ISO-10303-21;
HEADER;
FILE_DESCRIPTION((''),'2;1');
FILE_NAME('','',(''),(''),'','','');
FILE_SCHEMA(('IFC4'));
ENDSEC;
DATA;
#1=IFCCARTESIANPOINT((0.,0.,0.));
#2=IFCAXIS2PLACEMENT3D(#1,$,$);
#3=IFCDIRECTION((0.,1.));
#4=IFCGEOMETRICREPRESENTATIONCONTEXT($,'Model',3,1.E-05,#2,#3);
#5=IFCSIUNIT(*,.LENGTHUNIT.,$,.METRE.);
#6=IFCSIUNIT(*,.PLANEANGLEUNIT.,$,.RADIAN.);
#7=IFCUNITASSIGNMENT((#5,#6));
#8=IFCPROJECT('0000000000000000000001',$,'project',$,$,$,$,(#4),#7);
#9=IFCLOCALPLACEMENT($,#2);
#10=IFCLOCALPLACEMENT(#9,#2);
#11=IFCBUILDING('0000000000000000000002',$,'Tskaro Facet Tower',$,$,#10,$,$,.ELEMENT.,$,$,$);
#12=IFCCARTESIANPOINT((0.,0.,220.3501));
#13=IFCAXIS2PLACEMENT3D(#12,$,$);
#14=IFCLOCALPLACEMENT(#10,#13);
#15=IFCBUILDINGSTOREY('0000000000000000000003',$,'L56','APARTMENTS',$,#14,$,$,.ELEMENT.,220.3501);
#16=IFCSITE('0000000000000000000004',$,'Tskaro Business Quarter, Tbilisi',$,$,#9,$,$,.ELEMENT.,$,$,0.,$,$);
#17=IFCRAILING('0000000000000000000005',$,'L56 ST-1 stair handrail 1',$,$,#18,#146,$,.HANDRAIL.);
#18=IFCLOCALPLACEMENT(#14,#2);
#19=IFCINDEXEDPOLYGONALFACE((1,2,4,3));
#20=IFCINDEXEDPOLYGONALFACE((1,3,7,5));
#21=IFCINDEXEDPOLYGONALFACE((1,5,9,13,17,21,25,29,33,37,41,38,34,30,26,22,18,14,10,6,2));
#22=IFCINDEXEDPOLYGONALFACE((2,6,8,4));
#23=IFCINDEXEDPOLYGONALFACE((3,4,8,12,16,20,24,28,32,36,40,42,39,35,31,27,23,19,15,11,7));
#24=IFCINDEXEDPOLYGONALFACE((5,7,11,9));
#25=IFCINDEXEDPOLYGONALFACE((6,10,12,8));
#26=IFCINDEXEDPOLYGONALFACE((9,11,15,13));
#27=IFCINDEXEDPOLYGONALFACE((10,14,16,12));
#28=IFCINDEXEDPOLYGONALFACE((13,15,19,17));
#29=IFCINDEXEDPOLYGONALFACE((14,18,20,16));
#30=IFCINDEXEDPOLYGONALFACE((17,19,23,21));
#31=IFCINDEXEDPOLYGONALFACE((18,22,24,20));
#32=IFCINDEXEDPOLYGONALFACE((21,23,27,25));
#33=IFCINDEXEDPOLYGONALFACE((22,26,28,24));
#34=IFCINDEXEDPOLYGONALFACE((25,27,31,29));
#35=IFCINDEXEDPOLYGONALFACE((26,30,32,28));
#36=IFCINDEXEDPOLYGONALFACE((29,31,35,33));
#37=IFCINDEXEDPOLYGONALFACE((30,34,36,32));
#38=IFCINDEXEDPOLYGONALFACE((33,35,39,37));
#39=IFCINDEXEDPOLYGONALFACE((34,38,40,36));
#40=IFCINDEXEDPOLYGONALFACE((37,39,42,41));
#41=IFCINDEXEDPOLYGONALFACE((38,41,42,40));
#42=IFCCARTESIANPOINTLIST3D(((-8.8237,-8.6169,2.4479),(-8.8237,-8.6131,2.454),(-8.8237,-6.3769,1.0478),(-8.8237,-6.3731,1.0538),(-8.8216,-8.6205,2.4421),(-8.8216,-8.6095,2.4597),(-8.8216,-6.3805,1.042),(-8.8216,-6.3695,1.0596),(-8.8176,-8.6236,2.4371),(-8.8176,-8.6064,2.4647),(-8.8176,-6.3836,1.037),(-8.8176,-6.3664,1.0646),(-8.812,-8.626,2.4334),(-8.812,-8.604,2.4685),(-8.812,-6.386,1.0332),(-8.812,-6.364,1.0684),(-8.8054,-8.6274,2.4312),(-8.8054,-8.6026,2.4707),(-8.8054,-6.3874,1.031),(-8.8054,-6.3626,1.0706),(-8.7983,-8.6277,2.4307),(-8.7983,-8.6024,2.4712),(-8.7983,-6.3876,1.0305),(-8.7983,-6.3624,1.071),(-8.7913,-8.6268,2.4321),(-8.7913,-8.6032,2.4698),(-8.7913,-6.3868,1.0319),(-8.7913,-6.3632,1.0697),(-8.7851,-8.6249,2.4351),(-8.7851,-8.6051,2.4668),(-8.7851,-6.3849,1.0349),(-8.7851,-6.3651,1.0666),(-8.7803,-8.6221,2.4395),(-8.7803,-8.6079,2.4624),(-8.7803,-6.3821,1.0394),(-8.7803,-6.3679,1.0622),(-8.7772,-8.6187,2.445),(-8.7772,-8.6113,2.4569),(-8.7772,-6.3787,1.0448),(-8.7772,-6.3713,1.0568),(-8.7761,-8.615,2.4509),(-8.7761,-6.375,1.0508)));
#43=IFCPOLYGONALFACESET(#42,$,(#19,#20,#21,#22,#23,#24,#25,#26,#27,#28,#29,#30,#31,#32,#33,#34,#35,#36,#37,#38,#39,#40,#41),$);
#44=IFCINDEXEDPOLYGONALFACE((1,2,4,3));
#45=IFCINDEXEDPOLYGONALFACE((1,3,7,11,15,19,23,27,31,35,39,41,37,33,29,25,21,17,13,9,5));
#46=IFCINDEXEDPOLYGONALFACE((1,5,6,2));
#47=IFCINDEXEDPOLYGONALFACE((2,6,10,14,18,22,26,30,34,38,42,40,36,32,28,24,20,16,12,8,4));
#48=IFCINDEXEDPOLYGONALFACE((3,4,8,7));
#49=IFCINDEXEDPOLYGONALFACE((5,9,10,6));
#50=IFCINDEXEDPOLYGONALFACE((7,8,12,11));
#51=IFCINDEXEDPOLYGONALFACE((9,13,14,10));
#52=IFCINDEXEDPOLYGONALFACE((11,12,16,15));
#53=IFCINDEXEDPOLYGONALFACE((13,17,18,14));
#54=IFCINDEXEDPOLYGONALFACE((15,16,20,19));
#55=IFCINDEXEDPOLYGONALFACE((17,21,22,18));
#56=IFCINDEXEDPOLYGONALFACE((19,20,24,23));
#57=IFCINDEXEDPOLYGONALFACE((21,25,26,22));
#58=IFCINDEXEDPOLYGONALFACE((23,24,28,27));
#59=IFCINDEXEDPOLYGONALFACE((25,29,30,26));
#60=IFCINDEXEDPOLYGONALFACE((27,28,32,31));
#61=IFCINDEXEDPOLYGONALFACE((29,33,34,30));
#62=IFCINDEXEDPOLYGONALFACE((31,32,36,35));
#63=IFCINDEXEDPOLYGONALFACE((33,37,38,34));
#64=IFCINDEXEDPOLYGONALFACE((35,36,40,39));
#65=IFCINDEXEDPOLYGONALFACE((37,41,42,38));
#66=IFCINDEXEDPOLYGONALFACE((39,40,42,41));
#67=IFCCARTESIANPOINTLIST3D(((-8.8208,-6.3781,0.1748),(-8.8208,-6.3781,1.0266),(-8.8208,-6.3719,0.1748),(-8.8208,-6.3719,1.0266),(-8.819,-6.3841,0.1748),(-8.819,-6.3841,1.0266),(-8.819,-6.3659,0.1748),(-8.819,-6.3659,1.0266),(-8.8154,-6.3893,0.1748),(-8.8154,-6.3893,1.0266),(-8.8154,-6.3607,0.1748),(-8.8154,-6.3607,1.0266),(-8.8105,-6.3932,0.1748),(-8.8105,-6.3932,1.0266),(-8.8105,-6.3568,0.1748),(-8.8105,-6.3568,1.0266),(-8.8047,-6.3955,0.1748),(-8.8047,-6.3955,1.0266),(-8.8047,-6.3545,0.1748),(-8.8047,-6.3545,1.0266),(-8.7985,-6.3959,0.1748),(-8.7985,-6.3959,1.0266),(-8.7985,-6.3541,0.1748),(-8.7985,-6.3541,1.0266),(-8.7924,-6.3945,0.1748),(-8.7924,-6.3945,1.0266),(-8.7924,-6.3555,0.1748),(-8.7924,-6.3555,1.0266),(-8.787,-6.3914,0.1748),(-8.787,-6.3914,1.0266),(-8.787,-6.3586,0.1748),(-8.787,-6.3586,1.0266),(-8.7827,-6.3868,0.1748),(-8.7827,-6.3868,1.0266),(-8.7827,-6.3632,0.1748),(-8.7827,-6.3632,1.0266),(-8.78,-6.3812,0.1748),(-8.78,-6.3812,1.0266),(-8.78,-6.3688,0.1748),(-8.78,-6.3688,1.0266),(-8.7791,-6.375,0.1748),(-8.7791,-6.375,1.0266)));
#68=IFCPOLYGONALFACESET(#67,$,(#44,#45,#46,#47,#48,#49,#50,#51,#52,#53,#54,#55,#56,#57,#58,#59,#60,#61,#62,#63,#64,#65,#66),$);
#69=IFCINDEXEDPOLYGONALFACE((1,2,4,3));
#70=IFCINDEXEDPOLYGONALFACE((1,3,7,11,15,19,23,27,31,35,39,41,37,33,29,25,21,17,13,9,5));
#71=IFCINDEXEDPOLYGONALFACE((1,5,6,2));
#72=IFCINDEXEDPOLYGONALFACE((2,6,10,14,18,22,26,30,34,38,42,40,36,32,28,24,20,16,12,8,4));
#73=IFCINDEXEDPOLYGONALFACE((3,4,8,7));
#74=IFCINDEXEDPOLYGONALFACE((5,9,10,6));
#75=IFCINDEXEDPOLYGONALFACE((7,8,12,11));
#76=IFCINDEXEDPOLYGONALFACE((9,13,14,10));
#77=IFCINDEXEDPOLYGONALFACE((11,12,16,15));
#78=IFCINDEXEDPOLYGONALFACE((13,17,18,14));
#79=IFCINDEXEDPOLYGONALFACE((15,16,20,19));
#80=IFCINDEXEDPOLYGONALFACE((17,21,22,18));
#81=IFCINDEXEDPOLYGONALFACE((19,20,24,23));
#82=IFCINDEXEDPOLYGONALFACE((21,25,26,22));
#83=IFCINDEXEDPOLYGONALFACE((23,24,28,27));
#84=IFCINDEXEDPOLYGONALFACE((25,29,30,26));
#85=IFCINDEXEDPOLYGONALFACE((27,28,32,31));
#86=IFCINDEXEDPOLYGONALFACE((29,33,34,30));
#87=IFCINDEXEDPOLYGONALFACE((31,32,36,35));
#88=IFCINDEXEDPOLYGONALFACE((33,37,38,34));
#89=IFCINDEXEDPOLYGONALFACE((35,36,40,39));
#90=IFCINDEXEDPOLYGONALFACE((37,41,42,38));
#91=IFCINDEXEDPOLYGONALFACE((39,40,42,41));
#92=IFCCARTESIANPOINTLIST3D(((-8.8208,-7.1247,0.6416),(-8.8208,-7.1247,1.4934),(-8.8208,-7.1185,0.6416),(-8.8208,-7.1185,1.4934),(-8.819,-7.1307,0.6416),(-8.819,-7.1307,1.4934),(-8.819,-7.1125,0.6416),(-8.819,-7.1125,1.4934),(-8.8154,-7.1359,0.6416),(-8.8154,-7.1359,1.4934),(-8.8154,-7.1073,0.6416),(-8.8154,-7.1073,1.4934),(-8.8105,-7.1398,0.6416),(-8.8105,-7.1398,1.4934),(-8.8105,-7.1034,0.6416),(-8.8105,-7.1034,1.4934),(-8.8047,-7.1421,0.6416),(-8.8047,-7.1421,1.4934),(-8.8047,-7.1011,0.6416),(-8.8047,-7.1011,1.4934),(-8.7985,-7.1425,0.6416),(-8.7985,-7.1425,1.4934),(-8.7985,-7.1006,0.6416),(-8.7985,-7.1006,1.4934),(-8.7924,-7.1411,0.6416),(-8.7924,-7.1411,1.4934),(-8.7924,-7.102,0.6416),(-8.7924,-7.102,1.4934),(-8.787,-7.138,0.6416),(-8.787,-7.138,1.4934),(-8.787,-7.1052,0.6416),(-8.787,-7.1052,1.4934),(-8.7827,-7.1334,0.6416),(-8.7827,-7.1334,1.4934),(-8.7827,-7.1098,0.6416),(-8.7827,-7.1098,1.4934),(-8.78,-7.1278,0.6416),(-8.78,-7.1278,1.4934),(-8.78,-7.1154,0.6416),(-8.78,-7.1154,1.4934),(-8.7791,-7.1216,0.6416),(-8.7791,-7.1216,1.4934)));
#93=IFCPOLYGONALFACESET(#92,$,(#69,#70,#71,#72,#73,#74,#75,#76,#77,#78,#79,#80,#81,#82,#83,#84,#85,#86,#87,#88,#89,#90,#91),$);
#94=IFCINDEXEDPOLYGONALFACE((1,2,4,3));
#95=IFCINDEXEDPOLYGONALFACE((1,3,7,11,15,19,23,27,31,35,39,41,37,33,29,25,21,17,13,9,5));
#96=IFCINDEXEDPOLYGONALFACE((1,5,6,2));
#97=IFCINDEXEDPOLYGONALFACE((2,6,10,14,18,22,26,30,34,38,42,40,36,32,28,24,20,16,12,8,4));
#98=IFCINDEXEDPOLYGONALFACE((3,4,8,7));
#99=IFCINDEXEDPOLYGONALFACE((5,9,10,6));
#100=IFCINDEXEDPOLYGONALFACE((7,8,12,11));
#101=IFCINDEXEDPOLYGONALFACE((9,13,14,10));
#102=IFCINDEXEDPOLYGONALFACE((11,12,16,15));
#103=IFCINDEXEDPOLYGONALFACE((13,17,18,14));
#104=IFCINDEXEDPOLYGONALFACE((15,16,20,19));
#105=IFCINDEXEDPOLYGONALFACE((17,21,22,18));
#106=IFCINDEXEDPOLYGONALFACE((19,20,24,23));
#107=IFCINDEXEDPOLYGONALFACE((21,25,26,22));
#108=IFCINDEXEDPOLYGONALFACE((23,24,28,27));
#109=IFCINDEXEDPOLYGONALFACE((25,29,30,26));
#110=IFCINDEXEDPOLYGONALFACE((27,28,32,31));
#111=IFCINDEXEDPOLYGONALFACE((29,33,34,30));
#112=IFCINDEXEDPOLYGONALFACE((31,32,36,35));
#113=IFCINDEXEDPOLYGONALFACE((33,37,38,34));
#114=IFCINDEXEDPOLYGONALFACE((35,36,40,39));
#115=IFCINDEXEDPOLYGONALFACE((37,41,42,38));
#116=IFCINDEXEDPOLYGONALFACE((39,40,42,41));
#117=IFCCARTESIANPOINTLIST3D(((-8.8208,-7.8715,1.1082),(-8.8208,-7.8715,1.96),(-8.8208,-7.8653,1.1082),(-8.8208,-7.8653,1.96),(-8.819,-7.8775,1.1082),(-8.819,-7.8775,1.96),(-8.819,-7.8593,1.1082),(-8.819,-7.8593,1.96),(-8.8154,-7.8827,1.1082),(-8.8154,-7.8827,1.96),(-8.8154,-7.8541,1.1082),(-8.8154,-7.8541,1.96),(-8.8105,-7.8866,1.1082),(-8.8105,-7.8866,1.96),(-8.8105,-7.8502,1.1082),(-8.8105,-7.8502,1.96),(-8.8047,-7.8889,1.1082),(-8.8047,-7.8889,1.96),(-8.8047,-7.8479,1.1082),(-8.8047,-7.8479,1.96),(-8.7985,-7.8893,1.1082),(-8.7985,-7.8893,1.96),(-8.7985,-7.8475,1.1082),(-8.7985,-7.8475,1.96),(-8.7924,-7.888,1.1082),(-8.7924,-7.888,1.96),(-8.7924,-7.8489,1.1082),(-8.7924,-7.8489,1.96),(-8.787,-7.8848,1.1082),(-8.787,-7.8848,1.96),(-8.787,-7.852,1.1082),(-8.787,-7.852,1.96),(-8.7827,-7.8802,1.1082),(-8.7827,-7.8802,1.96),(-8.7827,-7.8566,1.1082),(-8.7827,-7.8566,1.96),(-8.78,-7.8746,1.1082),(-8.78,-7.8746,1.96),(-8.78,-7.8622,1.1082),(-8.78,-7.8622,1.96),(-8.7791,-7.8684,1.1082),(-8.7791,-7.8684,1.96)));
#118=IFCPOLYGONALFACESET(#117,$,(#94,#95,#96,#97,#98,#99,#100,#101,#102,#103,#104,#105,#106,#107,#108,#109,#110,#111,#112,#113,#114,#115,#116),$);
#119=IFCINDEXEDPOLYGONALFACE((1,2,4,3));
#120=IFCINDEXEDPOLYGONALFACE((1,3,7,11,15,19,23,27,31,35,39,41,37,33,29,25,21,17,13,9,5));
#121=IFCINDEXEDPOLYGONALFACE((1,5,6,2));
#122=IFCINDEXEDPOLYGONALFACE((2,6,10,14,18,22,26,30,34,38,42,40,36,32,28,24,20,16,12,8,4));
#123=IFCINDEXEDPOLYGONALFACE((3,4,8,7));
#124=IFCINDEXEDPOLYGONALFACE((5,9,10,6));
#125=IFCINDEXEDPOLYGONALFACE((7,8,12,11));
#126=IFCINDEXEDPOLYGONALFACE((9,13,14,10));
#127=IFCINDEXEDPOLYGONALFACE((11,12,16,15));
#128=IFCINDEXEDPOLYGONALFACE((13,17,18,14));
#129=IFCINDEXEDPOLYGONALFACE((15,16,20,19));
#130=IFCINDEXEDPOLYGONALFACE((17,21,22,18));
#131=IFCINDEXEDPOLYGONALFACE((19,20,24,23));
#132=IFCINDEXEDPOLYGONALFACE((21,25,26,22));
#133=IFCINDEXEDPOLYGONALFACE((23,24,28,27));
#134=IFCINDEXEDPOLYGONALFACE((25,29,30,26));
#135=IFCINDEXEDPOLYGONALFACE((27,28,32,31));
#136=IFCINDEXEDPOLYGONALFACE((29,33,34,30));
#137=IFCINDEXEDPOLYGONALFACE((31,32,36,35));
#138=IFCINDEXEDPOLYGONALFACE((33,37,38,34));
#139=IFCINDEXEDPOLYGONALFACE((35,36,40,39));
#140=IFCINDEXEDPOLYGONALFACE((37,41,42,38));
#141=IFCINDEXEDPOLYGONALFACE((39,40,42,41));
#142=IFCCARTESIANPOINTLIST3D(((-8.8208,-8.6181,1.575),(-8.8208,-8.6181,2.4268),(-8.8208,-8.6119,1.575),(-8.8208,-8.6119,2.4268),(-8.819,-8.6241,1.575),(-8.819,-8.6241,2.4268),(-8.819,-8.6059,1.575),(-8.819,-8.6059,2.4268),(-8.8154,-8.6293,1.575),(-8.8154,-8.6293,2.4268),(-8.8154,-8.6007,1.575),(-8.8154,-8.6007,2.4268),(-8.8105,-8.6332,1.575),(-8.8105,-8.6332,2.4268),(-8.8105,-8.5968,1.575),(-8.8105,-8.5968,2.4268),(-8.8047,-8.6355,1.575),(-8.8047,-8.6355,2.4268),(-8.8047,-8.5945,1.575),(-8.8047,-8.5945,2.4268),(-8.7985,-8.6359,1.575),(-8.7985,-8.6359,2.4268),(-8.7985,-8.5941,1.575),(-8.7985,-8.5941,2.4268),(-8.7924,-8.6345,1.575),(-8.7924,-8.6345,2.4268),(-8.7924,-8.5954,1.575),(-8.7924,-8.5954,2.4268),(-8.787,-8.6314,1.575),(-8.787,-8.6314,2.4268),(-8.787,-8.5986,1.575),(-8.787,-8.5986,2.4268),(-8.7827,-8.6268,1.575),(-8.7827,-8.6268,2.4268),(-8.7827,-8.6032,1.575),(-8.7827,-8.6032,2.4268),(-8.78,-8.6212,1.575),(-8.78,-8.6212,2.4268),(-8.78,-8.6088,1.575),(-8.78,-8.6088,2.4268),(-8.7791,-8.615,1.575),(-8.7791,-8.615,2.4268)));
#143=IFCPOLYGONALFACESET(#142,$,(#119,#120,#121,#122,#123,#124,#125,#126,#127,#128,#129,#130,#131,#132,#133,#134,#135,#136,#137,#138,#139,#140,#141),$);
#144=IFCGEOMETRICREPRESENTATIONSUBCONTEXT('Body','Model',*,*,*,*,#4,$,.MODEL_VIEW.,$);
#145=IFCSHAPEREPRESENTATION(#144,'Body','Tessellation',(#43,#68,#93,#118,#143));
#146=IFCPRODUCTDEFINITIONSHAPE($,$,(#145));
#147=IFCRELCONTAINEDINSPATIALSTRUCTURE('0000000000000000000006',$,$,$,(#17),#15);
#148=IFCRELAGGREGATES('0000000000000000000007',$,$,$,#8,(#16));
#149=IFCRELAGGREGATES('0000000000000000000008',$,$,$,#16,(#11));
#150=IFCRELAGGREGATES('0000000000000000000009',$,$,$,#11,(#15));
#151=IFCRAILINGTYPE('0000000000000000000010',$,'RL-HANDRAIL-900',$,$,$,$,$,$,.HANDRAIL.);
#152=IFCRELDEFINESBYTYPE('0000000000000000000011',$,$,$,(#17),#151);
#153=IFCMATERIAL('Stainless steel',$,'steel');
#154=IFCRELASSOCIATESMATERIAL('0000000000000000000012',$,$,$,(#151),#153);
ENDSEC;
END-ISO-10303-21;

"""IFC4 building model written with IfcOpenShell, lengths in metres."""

from ifc_helpers import new_model, si_unit, direction, frame, origin, origin_2d, place, context, subcontext, project, spatial, circle, extrude, material, type_object, element, save


model = new_model("IFC4")

# Units and contexts
model_context = context("Model", 3, precision=1e-05, world=origin(), true_north=direction((0.0, 1.0)))
body_context = subcontext(model_context, "Body", "Model", "MODEL_VIEW")
ifc_project = project(units=[si_unit("LENGTHUNIT", "METRE"), si_unit("PLANEANGLEUNIT", "RADIAN")], contexts=[model_context])

# Site, building, storey
site_placement = place(None, origin())
site = spatial("IfcSite", under=ifc_project, at=site_placement, Name="Tskaro Business Quarter, Tbilisi", CompositionType="ELEMENT", RefElevation=0.0)
building_placement = place(site_placement, origin())
building = spatial("IfcBuilding", under=site, at=building_placement, Name="Tskaro Facet Tower", CompositionType="ELEMENT")
storey_placement = place(building_placement, frame((0.0, 0.0, 220.3501)))
storey = spatial("IfcBuildingStorey", under=building, at=storey_placement, Name="L56", Description="APARTMENTS", CompositionType="ELEMENT", Elevation=220.3501)

# Shared definitions
ifc_material_1 = material(Name="Stainless steel", Category="steel")

# Railing
railing_type_1 = type_object("IfcRailingType", Name="RL-HANDRAIL-900", PredefinedType="HANDRAIL", material=ifc_material_1)
railing_1_placement = place(storey_placement, frame((-8.8, -6.375, 0.1748)))
element("IfcRailing", 1, at=railing_1_placement, inside=storey, type_object=railing_type_1, Name="L56 ST-1 stair handrail 1", PredefinedType="HANDRAIL", context=body_context, shape_type="SweptSolid", body=[
    extrude(circle(Radius=0.0239, at=origin_2d()), frame((0.0, 0.0, 0.876), z_axis=(0.0, -0.847972, 0.53004), x_axis=(1.0, 0.0, 0.0)), (0.0, 0.0, 1.0), 2.6416),
    extrude(circle(Radius=0.021, at=origin_2d()), origin(), (0.0, 0.0, 1.0), 0.8518),
    extrude(circle(Radius=0.021, at=origin_2d()), frame((0.0, -0.7466, 0.4668)), (0.0, 0.0, 1.0), 0.8518),
    extrude(circle(Radius=0.021, at=origin_2d()), frame((0.0, -1.4934, 0.9333)), (0.0, 0.0, 1.0), 0.8518),
    extrude(circle(Radius=0.021, at=origin_2d()), frame((0.0, -2.24, 1.4001)), (0.0, 0.0, 1.0), 0.8518),
])

save(model, "model.ifc")
